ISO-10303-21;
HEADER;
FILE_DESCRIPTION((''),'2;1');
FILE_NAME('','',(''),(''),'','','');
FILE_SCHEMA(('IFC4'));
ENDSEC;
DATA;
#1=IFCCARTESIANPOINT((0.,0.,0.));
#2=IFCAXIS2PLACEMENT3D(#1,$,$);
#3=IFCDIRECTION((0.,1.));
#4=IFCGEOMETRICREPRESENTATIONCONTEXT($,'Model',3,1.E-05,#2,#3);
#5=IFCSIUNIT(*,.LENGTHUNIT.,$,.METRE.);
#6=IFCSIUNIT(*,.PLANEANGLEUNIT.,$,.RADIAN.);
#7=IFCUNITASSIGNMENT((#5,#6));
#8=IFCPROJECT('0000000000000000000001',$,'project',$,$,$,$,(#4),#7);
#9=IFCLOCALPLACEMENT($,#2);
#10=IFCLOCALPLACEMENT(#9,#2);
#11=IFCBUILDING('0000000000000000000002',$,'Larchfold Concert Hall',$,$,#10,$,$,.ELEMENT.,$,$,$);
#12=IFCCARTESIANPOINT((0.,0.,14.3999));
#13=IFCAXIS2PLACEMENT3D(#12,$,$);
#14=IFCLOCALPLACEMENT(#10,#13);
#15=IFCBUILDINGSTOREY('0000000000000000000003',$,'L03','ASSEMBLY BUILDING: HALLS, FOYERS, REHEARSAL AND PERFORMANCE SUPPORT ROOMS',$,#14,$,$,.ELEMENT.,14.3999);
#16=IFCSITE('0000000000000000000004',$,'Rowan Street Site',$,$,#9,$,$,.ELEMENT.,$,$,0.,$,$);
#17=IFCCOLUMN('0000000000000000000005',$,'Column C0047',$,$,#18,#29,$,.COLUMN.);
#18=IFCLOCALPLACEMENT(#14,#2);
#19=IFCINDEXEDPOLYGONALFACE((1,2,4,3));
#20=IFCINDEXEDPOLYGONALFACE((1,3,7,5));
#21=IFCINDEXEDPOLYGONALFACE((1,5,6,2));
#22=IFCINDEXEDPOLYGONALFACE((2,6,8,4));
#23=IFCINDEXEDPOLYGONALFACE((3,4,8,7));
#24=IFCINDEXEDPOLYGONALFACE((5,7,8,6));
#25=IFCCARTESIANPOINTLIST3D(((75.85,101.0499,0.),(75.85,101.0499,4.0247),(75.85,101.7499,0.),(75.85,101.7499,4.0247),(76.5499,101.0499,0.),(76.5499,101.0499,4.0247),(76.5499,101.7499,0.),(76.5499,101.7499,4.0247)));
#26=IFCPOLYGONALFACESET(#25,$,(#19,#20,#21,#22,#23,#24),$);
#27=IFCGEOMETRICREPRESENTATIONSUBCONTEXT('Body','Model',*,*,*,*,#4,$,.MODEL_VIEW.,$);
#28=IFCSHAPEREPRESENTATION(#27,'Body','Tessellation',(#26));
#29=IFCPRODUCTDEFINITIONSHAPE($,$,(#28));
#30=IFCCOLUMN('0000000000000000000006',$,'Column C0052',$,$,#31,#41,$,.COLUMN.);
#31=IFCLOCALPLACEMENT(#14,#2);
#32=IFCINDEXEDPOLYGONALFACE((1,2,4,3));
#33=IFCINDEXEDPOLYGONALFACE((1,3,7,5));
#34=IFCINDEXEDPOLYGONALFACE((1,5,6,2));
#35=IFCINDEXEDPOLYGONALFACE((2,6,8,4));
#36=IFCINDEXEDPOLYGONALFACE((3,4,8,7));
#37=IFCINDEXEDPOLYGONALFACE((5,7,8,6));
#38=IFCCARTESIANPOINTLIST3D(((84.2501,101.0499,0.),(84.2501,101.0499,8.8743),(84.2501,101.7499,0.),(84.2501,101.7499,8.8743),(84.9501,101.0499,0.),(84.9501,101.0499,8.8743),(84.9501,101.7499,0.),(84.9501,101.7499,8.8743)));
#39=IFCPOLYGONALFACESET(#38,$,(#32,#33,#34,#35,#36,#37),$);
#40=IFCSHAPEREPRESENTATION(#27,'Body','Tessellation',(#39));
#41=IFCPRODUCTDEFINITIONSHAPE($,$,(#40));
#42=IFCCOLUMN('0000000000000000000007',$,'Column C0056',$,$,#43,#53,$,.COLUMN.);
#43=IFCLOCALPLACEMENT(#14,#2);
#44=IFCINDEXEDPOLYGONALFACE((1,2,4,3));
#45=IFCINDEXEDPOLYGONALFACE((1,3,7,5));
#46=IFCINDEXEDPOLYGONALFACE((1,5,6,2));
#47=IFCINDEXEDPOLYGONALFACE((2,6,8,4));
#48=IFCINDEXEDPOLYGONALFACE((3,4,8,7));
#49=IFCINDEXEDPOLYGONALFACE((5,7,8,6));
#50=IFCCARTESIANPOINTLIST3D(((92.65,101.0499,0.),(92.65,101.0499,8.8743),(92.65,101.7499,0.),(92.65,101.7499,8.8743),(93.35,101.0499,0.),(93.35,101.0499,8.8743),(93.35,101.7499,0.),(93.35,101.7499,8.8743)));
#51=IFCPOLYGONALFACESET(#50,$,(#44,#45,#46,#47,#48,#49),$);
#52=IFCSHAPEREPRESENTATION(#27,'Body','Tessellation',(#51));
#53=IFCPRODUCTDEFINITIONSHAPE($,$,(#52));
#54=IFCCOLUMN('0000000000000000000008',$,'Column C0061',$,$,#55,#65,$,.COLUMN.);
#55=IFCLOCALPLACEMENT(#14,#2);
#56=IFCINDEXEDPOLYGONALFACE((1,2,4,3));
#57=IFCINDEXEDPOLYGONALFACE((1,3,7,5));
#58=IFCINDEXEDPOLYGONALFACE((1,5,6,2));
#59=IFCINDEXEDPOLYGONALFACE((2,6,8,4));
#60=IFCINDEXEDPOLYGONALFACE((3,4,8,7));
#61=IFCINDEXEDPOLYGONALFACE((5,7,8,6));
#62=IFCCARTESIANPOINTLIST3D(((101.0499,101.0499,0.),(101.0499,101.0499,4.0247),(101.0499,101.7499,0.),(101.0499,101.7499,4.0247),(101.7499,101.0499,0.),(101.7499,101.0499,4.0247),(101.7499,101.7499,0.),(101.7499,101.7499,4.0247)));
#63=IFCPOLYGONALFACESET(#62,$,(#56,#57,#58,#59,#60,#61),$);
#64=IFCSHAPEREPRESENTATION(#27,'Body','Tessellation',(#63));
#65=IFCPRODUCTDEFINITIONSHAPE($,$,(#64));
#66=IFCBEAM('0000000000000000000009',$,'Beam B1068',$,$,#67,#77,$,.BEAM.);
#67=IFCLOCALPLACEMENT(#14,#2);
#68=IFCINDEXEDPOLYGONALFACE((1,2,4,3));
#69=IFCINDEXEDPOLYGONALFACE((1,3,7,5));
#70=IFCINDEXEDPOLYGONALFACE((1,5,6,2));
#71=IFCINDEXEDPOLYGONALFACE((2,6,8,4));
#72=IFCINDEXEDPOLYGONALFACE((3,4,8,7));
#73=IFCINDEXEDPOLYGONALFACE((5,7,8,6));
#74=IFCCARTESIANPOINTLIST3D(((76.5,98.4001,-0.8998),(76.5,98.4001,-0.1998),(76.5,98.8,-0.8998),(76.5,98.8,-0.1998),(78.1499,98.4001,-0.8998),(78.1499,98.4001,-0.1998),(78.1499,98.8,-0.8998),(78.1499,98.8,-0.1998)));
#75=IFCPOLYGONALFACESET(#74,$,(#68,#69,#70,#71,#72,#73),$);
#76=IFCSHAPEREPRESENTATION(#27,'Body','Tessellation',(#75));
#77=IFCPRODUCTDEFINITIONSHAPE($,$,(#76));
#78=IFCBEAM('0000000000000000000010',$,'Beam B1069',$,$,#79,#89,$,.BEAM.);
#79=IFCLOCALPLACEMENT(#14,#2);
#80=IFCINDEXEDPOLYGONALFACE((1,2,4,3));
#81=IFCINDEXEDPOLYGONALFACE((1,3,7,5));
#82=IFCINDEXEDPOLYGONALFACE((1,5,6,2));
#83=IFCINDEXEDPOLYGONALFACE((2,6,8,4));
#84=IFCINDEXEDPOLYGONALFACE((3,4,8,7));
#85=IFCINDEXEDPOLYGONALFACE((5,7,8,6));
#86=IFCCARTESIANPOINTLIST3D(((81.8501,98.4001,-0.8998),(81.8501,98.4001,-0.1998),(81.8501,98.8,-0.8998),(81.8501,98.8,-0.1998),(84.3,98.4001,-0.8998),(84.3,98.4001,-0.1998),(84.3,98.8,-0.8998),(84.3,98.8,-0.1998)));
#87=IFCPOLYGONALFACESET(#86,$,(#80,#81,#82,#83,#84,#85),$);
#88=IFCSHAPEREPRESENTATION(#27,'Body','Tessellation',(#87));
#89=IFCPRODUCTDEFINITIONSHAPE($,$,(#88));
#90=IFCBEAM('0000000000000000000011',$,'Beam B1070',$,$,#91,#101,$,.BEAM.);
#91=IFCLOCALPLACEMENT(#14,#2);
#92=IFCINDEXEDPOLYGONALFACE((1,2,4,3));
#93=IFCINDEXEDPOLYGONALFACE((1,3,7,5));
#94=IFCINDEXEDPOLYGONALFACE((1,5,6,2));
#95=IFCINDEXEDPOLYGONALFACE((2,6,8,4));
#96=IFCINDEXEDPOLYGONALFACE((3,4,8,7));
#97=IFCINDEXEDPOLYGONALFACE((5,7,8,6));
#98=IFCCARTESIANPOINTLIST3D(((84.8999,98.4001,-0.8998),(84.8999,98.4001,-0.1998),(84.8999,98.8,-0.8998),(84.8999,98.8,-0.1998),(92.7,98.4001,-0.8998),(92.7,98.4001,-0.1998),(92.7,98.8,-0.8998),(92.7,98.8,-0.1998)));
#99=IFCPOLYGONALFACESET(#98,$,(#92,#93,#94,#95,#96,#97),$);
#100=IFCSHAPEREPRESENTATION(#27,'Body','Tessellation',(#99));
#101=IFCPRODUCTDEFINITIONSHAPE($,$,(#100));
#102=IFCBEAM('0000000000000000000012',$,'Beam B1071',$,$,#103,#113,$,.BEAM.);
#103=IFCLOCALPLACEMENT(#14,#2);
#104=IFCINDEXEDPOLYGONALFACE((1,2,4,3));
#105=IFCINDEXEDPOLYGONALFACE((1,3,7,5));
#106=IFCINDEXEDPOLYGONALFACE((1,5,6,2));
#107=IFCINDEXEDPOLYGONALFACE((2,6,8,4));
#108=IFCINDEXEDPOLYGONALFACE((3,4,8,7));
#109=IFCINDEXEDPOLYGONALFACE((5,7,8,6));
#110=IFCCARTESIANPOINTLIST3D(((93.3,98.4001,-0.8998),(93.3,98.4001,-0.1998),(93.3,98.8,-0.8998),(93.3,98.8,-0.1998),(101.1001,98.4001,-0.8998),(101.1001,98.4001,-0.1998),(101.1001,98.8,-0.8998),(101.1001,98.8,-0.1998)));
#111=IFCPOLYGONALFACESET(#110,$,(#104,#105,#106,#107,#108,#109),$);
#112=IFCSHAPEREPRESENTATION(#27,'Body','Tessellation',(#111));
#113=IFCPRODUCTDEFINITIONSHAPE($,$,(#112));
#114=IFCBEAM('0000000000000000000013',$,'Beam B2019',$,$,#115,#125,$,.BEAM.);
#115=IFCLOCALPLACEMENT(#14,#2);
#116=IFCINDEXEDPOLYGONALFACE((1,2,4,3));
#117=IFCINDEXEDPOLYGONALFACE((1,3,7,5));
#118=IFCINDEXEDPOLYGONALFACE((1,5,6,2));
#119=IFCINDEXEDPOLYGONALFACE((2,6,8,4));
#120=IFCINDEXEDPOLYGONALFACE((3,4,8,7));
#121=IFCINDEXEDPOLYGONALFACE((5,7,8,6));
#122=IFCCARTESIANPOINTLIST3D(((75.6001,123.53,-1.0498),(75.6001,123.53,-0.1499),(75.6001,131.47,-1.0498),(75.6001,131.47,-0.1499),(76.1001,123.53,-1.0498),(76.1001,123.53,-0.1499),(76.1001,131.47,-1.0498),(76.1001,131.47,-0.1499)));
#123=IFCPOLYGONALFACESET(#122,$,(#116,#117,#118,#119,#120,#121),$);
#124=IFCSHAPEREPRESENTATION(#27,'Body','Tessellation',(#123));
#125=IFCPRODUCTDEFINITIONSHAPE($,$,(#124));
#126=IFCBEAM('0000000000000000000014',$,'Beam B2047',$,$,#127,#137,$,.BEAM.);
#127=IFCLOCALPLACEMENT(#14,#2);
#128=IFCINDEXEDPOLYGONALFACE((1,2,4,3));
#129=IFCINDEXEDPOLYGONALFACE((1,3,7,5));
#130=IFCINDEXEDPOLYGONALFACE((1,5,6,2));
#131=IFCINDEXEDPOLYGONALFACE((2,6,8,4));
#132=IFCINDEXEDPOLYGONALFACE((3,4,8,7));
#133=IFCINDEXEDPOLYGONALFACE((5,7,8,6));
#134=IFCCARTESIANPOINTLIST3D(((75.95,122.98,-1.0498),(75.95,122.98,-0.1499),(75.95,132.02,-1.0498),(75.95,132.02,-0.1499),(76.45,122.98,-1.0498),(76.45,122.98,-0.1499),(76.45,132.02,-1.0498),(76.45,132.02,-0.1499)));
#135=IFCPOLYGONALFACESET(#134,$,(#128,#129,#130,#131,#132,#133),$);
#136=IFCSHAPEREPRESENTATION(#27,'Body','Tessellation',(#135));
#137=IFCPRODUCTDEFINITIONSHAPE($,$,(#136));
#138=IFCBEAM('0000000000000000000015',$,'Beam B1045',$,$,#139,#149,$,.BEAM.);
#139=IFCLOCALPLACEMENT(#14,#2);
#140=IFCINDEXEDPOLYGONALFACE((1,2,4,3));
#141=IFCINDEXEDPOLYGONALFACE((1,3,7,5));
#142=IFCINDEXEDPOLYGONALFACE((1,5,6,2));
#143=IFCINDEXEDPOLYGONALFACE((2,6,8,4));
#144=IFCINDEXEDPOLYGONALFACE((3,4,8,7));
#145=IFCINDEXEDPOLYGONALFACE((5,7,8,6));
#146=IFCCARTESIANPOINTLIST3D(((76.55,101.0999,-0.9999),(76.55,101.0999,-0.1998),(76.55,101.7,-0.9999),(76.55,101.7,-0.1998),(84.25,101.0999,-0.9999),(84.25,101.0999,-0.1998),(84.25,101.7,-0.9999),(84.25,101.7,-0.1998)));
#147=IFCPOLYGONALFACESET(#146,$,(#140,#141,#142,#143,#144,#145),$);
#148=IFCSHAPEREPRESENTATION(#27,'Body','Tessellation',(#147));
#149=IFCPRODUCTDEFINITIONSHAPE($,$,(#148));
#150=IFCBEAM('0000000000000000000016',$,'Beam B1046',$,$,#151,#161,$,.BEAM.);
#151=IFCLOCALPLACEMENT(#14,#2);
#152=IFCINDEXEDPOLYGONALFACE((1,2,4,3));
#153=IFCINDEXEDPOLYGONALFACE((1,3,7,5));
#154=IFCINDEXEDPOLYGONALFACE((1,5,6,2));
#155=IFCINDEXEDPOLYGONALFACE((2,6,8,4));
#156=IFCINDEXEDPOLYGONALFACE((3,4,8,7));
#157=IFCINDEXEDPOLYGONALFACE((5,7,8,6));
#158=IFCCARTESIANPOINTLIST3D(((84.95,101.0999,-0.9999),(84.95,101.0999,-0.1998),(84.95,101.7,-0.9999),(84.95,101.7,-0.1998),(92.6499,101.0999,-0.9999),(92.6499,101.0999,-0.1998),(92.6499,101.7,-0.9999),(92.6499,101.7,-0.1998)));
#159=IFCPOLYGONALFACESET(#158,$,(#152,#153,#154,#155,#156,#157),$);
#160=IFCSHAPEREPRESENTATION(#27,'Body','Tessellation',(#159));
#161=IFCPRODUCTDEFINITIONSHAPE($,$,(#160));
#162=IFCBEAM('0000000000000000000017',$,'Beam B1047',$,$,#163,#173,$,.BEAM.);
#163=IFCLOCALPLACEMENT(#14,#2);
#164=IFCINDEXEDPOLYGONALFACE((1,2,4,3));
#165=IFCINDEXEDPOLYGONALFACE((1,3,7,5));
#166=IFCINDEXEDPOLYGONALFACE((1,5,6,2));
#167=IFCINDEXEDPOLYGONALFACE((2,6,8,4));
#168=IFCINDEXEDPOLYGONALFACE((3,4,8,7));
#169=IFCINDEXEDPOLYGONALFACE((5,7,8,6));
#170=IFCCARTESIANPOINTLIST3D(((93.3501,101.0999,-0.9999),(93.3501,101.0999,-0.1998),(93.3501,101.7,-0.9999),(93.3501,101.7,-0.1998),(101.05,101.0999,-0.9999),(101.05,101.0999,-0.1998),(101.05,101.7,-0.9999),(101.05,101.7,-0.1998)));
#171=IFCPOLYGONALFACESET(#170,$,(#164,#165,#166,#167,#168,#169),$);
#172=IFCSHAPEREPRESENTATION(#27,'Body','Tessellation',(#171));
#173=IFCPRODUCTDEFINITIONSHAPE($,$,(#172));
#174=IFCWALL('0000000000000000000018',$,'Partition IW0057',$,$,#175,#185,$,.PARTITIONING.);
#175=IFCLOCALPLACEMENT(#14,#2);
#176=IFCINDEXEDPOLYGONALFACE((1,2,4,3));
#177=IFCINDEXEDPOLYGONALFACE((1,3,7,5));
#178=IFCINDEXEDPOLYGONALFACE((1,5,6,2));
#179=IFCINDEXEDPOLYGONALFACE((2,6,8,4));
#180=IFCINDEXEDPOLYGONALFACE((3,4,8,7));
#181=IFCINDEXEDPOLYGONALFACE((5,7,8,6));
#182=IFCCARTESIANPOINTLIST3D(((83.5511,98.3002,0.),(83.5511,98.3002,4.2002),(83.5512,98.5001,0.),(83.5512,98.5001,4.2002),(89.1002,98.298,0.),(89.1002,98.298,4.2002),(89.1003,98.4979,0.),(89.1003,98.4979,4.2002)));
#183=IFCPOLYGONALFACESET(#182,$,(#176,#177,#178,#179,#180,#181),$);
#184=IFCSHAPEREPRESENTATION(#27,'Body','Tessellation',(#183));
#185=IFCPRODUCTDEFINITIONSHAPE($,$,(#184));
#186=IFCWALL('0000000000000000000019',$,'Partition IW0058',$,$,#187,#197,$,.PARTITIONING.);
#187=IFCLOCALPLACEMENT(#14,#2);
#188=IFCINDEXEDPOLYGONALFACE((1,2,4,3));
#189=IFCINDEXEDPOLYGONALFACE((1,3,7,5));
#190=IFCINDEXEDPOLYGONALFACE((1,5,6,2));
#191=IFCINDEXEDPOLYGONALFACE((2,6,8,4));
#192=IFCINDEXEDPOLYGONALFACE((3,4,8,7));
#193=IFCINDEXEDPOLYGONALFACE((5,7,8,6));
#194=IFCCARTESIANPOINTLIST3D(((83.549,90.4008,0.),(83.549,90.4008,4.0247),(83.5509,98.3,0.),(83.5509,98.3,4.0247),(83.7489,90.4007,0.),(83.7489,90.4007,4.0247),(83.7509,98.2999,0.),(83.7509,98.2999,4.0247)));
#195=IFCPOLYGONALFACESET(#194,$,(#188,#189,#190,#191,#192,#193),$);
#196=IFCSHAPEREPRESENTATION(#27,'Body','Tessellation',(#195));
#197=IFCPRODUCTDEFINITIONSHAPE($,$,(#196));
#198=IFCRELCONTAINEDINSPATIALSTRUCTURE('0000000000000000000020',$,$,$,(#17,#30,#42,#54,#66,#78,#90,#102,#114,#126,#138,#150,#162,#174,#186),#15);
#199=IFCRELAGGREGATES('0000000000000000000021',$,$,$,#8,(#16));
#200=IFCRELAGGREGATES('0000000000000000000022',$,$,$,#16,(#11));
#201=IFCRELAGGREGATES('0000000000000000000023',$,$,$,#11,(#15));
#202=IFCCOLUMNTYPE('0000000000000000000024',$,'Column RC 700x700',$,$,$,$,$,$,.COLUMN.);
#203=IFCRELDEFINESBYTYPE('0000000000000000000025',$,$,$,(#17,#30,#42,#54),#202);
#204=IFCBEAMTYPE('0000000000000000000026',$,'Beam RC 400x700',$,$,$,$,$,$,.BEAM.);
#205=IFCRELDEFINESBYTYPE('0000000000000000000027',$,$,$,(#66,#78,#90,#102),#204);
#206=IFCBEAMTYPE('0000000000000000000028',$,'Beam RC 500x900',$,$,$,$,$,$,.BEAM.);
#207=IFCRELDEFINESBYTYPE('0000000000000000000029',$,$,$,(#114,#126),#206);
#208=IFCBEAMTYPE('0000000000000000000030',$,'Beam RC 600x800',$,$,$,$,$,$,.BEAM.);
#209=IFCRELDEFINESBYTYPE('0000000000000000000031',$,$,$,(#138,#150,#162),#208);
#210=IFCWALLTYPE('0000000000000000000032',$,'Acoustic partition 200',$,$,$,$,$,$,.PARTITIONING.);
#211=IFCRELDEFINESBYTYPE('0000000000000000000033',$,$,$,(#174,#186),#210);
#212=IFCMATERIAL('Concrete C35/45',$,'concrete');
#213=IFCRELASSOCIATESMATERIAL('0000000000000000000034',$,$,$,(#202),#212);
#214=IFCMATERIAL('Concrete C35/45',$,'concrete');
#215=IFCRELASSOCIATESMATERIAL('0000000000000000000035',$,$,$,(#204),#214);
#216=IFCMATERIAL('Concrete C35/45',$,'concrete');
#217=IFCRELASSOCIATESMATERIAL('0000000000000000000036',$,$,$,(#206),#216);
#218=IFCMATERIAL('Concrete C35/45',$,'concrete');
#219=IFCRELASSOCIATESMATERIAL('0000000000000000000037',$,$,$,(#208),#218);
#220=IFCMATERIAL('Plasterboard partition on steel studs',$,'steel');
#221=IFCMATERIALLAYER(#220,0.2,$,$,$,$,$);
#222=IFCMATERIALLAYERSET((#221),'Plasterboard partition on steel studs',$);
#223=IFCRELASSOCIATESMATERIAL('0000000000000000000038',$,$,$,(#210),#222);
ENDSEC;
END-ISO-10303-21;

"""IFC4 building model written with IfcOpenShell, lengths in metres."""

from ifc_helpers import new_model, si_unit, direction, frame, frame_2d, origin, origin_2d, place, context, subcontext, project, spatial, rectangle, extrude, material, layer, layer_set, material_profile, profile_set, type_object, element, save


model = new_model("IFC4")

# Units and contexts
model_context = context("Model", 3, precision=1e-05, world=origin(), true_north=direction((0.0, 1.0)))
body_context = subcontext(model_context, "Body", "Model", "MODEL_VIEW")
ifc_project = project(units=[si_unit("LENGTHUNIT", "METRE"), si_unit("PLANEANGLEUNIT", "RADIAN")], contexts=[model_context])

# Site, building, storey
site_placement = place(None, origin())
site = spatial("IfcSite", under=ifc_project, at=site_placement, Name="Rowan Street Site", CompositionType="ELEMENT", RefElevation=0.0)
building_placement = place(site_placement, origin())
building = spatial("IfcBuilding", under=site, at=building_placement, Name="Larchfold Concert Hall", CompositionType="ELEMENT")
storey_placement = place(building_placement, frame((0.0, 0.0, 14.3999)))
storey = spatial("IfcBuildingStorey", under=building, at=storey_placement, Name="L03", Description="ASSEMBLY BUILDING: HALLS, FOYERS, REHEARSAL AND PERFORMANCE SUPPORT ROOMS", CompositionType="ELEMENT", Elevation=14.3999)

# Columns
ifc_material_1 = material(Name="Concrete C35/45", Category="concrete")
ifc_material_profile_1 = material_profile(ifc_material_1, rectangle(XDim=0.7, YDim=0.7, at=origin_2d()))
ifc_profile_set_1 = profile_set([ifc_material_profile_1], Name="Concrete C35/45")
column_type = type_object("IfcColumnType", Name="Column RC 700x700", PredefinedType="COLUMN", material=ifc_profile_set_1)
column_1_placement = place(storey_placement, frame((76.2, 101.3999, 0.0), z_axis=(0.0, 0.0, 1.0), x_axis=(1.0, 0.0, 0.0)))
element("IfcColumn", 1, at=column_1_placement, inside=storey, type_object=column_type, Name="Column C0047", PredefinedType="COLUMN", context=body_context, shape_type="SweptSolid", body=[
    extrude(rectangle(XDim=0.7, YDim=0.7, at=origin_2d()), origin(), (0.0, 0.0, 1.0), 4.0247),
])
for number, where, z_axis, x_axis, name in (
    (2, (84.6001, 101.3999, 0.0), (0.0, 0.0, 1.0), (1.0, 0.0, 0.0), "Column C0052"),
    (3, (93.0, 101.3999, 0.0), (0.0, 0.0, 1.0), (1.0, 0.0, 0.0), "Column C0056"),
):
    element("IfcColumn", number, at=place(storey_placement, frame(where, z_axis=z_axis, x_axis=x_axis)), inside=storey, type_object=column_type, Name=name, PredefinedType="COLUMN", context=body_context, shape_type="SweptSolid", body=[
        extrude(rectangle(XDim=0.7, YDim=0.7, at=origin_2d()), origin(), (0.0, 0.0, 1.0), 8.8743),
    ])
column_2_placement = place(storey_placement, frame((101.3999, 101.3999, 0.0), z_axis=(0.0, 0.0, 1.0), x_axis=(1.0, 0.0, 0.0)))
element("IfcColumn", 4, at=column_2_placement, inside=storey, type_object=column_type, Name="Column C0061", PredefinedType="COLUMN", context=body_context, shape_type="SweptSolid", body=[
    extrude(rectangle(XDim=0.7, YDim=0.7, at=origin_2d()), origin(), (0.0, 0.0, 1.0), 4.0247),
])

# Beams
ifc_material_2 = material(Name="Concrete C35/45", Category="concrete")
ifc_material_profile_2 = material_profile(ifc_material_2, rectangle(XDim=0.3999, YDim=0.7, at=origin_2d()))
ifc_profile_set_2 = profile_set([ifc_material_profile_2], Name="Concrete C35/45")
beam_type_1 = type_object("IfcBeamType", Name="Beam RC 400x700", PredefinedType="BEAM", material=ifc_profile_set_2)
beam_1_placement = place(storey_placement, frame((76.5, 98.6001, -0.5498), z_axis=(1.0, 0.0, 0.0), x_axis=(0.0, 1.0, 0.0)))
element("IfcBeam", 5, at=beam_1_placement, inside=storey, type_object=beam_type_1, Name="Beam B1068", PredefinedType="BEAM", context=body_context, shape_type="SweptSolid", body=[
    extrude(rectangle(XDim=0.3999, YDim=0.7, at=origin_2d()), origin(), (0.0, 0.0, 1.0), 1.6499),
])
beam_2_placement = place(storey_placement, frame((81.8501, 98.6001, -0.5498), z_axis=(1.0, 0.0, 0.0), x_axis=(0.0, 1.0, 0.0)))
element("IfcBeam", 6, at=beam_2_placement, inside=storey, type_object=beam_type_1, Name="Beam B1069", PredefinedType="BEAM", context=body_context, shape_type="SweptSolid", body=[
    extrude(rectangle(XDim=0.3999, YDim=0.7, at=origin_2d()), origin(), (0.0, 0.0, 1.0), 2.45),
])
for number, where, z_axis, x_axis, name in (
    (7, (84.8999, 98.6001, -0.5498), (1.0, 0.0, 0.0), (0.0, 1.0, 0.0), "Beam B1070"),
    (8, (93.3, 98.6001, -0.5498), (1.0, 0.0, 0.0), (0.0, 1.0, 0.0), "Beam B1071"),
):
    element("IfcBeam", number, at=place(storey_placement, frame(where, z_axis=z_axis, x_axis=x_axis)), inside=storey, type_object=beam_type_1, Name=name, PredefinedType="BEAM", context=body_context, shape_type="SweptSolid", body=[
        extrude(rectangle(XDim=0.3999, YDim=0.7, at=origin_2d()), origin(), (0.0, 0.0, 1.0), 7.8),
    ])
ifc_material_3 = material(Name="Concrete C35/45", Category="concrete")
ifc_material_profile_3 = material_profile(ifc_material_3, rectangle(XDim=0.5, YDim=0.8999, at=origin_2d()))
ifc_profile_set_3 = profile_set([ifc_material_profile_3], Name="Concrete C35/45")
beam_type_2 = type_object("IfcBeamType", Name="Beam RC 500x900", PredefinedType="BEAM", material=ifc_profile_set_3)
beam_3_placement = place(storey_placement, frame((75.8501, 131.47, -0.5999), z_axis=(0.0, -1.0, 0.0), x_axis=(1.0, 0.0, 0.0)))
element("IfcBeam", 9, at=beam_3_placement, inside=storey, type_object=beam_type_2, Name="Beam B2019", PredefinedType="BEAM", context=body_context, shape_type="SweptSolid", body=[
    extrude(rectangle(XDim=0.5, YDim=0.8999, at=origin_2d()), origin(), (0.0, 0.0, 1.0), 7.9399),
])
beam_4_placement = place(storey_placement, frame((76.2, 122.98, -0.5999), z_axis=(0.0, 1.0, 0.0), x_axis=(-1.0, 0.0, 0.0)))
element("IfcBeam", 10, at=beam_4_placement, inside=storey, type_object=beam_type_2, Name="Beam B2047", PredefinedType="BEAM", context=body_context, shape_type="SweptSolid", body=[
    extrude(rectangle(XDim=0.5, YDim=0.8999, at=origin_2d()), origin(), (0.0, 0.0, 1.0), 9.04),
])
ifc_material_4 = material(Name="Concrete C35/45", Category="concrete")
ifc_material_profile_4 = material_profile(ifc_material_4, rectangle(XDim=0.6001, YDim=0.8, at=origin_2d()))
ifc_profile_set_4 = profile_set([ifc_material_profile_4], Name="Concrete C35/45")
beam_type_3 = type_object("IfcBeamType", Name="Beam RC 600x800", PredefinedType="BEAM", material=ifc_profile_set_4)
for number, where, z_axis, x_axis, name in (
    (11, (76.55, 101.3999, -0.5999), (1.0, 0.0, 0.0), (0.0, 1.0, 0.0), "Beam B1045"),
    (12, (84.95, 101.3999, -0.5999), (1.0, 0.0, 0.0), (0.0, 1.0, 0.0), "Beam B1046"),
    (13, (93.3501, 101.3999, -0.5999), (1.0, 0.0, 0.0), (0.0, 1.0, 0.0), "Beam B1047"),
):
    element("IfcBeam", number, at=place(storey_placement, frame(where, z_axis=z_axis, x_axis=x_axis)), inside=storey, type_object=beam_type_3, Name=name, PredefinedType="BEAM", context=body_context, shape_type="SweptSolid", body=[
        extrude(rectangle(XDim=0.6001, YDim=0.8, at=origin_2d()), origin(), (0.0, 0.0, 1.0), 7.7),
    ])

# Walls
ifc_material_5 = material(Name="Plasterboard partition on steel studs", Category="steel")
ifc_layer_1 = layer(ifc_material_5, 0.2)
ifc_layer_set_1 = layer_set([ifc_layer_1], Name="Plasterboard partition on steel studs")
wall_type_1 = type_object("IfcWallType", Name="Acoustic partition 200", PredefinedType="PARTITIONING", material=ifc_layer_set_1)
wall_1_placement = place(storey_placement, frame((89.1001, 98.3979, 0.0), z_axis=(0.0, 0.0, 1.0), x_axis=(-1.0, 0.000396, 0.0)))
element("IfcWall", 14, at=wall_1_placement, inside=storey, type_object=wall_type_1, Name="Partition IW0057", PredefinedType="PARTITIONING", context=body_context, shape_type="SweptSolid", body=[
    extrude(rectangle(XDim=5.5491, YDim=0.2, at=frame_2d((2.7744, 0.0))), origin(), (0.0, 0.0, 1.0), 4.2002),
])
wall_2_placement = place(storey_placement, frame((83.6509, 98.3, 0.0), z_axis=(0.0, 0.0, 1.0), x_axis=(-0.000247, -1.0, 0.0)))
element("IfcWall", 15, at=wall_2_placement, inside=storey, type_object=wall_type_1, Name="Partition IW0058", PredefinedType="PARTITIONING", context=body_context, shape_type="SweptSolid", body=[
    extrude(rectangle(XDim=7.8992, YDim=0.2, at=frame_2d((3.9497, 0.0))), origin(), (0.0, 0.0, 1.0), 4.0247),
])

save(model, "model.ifc")
